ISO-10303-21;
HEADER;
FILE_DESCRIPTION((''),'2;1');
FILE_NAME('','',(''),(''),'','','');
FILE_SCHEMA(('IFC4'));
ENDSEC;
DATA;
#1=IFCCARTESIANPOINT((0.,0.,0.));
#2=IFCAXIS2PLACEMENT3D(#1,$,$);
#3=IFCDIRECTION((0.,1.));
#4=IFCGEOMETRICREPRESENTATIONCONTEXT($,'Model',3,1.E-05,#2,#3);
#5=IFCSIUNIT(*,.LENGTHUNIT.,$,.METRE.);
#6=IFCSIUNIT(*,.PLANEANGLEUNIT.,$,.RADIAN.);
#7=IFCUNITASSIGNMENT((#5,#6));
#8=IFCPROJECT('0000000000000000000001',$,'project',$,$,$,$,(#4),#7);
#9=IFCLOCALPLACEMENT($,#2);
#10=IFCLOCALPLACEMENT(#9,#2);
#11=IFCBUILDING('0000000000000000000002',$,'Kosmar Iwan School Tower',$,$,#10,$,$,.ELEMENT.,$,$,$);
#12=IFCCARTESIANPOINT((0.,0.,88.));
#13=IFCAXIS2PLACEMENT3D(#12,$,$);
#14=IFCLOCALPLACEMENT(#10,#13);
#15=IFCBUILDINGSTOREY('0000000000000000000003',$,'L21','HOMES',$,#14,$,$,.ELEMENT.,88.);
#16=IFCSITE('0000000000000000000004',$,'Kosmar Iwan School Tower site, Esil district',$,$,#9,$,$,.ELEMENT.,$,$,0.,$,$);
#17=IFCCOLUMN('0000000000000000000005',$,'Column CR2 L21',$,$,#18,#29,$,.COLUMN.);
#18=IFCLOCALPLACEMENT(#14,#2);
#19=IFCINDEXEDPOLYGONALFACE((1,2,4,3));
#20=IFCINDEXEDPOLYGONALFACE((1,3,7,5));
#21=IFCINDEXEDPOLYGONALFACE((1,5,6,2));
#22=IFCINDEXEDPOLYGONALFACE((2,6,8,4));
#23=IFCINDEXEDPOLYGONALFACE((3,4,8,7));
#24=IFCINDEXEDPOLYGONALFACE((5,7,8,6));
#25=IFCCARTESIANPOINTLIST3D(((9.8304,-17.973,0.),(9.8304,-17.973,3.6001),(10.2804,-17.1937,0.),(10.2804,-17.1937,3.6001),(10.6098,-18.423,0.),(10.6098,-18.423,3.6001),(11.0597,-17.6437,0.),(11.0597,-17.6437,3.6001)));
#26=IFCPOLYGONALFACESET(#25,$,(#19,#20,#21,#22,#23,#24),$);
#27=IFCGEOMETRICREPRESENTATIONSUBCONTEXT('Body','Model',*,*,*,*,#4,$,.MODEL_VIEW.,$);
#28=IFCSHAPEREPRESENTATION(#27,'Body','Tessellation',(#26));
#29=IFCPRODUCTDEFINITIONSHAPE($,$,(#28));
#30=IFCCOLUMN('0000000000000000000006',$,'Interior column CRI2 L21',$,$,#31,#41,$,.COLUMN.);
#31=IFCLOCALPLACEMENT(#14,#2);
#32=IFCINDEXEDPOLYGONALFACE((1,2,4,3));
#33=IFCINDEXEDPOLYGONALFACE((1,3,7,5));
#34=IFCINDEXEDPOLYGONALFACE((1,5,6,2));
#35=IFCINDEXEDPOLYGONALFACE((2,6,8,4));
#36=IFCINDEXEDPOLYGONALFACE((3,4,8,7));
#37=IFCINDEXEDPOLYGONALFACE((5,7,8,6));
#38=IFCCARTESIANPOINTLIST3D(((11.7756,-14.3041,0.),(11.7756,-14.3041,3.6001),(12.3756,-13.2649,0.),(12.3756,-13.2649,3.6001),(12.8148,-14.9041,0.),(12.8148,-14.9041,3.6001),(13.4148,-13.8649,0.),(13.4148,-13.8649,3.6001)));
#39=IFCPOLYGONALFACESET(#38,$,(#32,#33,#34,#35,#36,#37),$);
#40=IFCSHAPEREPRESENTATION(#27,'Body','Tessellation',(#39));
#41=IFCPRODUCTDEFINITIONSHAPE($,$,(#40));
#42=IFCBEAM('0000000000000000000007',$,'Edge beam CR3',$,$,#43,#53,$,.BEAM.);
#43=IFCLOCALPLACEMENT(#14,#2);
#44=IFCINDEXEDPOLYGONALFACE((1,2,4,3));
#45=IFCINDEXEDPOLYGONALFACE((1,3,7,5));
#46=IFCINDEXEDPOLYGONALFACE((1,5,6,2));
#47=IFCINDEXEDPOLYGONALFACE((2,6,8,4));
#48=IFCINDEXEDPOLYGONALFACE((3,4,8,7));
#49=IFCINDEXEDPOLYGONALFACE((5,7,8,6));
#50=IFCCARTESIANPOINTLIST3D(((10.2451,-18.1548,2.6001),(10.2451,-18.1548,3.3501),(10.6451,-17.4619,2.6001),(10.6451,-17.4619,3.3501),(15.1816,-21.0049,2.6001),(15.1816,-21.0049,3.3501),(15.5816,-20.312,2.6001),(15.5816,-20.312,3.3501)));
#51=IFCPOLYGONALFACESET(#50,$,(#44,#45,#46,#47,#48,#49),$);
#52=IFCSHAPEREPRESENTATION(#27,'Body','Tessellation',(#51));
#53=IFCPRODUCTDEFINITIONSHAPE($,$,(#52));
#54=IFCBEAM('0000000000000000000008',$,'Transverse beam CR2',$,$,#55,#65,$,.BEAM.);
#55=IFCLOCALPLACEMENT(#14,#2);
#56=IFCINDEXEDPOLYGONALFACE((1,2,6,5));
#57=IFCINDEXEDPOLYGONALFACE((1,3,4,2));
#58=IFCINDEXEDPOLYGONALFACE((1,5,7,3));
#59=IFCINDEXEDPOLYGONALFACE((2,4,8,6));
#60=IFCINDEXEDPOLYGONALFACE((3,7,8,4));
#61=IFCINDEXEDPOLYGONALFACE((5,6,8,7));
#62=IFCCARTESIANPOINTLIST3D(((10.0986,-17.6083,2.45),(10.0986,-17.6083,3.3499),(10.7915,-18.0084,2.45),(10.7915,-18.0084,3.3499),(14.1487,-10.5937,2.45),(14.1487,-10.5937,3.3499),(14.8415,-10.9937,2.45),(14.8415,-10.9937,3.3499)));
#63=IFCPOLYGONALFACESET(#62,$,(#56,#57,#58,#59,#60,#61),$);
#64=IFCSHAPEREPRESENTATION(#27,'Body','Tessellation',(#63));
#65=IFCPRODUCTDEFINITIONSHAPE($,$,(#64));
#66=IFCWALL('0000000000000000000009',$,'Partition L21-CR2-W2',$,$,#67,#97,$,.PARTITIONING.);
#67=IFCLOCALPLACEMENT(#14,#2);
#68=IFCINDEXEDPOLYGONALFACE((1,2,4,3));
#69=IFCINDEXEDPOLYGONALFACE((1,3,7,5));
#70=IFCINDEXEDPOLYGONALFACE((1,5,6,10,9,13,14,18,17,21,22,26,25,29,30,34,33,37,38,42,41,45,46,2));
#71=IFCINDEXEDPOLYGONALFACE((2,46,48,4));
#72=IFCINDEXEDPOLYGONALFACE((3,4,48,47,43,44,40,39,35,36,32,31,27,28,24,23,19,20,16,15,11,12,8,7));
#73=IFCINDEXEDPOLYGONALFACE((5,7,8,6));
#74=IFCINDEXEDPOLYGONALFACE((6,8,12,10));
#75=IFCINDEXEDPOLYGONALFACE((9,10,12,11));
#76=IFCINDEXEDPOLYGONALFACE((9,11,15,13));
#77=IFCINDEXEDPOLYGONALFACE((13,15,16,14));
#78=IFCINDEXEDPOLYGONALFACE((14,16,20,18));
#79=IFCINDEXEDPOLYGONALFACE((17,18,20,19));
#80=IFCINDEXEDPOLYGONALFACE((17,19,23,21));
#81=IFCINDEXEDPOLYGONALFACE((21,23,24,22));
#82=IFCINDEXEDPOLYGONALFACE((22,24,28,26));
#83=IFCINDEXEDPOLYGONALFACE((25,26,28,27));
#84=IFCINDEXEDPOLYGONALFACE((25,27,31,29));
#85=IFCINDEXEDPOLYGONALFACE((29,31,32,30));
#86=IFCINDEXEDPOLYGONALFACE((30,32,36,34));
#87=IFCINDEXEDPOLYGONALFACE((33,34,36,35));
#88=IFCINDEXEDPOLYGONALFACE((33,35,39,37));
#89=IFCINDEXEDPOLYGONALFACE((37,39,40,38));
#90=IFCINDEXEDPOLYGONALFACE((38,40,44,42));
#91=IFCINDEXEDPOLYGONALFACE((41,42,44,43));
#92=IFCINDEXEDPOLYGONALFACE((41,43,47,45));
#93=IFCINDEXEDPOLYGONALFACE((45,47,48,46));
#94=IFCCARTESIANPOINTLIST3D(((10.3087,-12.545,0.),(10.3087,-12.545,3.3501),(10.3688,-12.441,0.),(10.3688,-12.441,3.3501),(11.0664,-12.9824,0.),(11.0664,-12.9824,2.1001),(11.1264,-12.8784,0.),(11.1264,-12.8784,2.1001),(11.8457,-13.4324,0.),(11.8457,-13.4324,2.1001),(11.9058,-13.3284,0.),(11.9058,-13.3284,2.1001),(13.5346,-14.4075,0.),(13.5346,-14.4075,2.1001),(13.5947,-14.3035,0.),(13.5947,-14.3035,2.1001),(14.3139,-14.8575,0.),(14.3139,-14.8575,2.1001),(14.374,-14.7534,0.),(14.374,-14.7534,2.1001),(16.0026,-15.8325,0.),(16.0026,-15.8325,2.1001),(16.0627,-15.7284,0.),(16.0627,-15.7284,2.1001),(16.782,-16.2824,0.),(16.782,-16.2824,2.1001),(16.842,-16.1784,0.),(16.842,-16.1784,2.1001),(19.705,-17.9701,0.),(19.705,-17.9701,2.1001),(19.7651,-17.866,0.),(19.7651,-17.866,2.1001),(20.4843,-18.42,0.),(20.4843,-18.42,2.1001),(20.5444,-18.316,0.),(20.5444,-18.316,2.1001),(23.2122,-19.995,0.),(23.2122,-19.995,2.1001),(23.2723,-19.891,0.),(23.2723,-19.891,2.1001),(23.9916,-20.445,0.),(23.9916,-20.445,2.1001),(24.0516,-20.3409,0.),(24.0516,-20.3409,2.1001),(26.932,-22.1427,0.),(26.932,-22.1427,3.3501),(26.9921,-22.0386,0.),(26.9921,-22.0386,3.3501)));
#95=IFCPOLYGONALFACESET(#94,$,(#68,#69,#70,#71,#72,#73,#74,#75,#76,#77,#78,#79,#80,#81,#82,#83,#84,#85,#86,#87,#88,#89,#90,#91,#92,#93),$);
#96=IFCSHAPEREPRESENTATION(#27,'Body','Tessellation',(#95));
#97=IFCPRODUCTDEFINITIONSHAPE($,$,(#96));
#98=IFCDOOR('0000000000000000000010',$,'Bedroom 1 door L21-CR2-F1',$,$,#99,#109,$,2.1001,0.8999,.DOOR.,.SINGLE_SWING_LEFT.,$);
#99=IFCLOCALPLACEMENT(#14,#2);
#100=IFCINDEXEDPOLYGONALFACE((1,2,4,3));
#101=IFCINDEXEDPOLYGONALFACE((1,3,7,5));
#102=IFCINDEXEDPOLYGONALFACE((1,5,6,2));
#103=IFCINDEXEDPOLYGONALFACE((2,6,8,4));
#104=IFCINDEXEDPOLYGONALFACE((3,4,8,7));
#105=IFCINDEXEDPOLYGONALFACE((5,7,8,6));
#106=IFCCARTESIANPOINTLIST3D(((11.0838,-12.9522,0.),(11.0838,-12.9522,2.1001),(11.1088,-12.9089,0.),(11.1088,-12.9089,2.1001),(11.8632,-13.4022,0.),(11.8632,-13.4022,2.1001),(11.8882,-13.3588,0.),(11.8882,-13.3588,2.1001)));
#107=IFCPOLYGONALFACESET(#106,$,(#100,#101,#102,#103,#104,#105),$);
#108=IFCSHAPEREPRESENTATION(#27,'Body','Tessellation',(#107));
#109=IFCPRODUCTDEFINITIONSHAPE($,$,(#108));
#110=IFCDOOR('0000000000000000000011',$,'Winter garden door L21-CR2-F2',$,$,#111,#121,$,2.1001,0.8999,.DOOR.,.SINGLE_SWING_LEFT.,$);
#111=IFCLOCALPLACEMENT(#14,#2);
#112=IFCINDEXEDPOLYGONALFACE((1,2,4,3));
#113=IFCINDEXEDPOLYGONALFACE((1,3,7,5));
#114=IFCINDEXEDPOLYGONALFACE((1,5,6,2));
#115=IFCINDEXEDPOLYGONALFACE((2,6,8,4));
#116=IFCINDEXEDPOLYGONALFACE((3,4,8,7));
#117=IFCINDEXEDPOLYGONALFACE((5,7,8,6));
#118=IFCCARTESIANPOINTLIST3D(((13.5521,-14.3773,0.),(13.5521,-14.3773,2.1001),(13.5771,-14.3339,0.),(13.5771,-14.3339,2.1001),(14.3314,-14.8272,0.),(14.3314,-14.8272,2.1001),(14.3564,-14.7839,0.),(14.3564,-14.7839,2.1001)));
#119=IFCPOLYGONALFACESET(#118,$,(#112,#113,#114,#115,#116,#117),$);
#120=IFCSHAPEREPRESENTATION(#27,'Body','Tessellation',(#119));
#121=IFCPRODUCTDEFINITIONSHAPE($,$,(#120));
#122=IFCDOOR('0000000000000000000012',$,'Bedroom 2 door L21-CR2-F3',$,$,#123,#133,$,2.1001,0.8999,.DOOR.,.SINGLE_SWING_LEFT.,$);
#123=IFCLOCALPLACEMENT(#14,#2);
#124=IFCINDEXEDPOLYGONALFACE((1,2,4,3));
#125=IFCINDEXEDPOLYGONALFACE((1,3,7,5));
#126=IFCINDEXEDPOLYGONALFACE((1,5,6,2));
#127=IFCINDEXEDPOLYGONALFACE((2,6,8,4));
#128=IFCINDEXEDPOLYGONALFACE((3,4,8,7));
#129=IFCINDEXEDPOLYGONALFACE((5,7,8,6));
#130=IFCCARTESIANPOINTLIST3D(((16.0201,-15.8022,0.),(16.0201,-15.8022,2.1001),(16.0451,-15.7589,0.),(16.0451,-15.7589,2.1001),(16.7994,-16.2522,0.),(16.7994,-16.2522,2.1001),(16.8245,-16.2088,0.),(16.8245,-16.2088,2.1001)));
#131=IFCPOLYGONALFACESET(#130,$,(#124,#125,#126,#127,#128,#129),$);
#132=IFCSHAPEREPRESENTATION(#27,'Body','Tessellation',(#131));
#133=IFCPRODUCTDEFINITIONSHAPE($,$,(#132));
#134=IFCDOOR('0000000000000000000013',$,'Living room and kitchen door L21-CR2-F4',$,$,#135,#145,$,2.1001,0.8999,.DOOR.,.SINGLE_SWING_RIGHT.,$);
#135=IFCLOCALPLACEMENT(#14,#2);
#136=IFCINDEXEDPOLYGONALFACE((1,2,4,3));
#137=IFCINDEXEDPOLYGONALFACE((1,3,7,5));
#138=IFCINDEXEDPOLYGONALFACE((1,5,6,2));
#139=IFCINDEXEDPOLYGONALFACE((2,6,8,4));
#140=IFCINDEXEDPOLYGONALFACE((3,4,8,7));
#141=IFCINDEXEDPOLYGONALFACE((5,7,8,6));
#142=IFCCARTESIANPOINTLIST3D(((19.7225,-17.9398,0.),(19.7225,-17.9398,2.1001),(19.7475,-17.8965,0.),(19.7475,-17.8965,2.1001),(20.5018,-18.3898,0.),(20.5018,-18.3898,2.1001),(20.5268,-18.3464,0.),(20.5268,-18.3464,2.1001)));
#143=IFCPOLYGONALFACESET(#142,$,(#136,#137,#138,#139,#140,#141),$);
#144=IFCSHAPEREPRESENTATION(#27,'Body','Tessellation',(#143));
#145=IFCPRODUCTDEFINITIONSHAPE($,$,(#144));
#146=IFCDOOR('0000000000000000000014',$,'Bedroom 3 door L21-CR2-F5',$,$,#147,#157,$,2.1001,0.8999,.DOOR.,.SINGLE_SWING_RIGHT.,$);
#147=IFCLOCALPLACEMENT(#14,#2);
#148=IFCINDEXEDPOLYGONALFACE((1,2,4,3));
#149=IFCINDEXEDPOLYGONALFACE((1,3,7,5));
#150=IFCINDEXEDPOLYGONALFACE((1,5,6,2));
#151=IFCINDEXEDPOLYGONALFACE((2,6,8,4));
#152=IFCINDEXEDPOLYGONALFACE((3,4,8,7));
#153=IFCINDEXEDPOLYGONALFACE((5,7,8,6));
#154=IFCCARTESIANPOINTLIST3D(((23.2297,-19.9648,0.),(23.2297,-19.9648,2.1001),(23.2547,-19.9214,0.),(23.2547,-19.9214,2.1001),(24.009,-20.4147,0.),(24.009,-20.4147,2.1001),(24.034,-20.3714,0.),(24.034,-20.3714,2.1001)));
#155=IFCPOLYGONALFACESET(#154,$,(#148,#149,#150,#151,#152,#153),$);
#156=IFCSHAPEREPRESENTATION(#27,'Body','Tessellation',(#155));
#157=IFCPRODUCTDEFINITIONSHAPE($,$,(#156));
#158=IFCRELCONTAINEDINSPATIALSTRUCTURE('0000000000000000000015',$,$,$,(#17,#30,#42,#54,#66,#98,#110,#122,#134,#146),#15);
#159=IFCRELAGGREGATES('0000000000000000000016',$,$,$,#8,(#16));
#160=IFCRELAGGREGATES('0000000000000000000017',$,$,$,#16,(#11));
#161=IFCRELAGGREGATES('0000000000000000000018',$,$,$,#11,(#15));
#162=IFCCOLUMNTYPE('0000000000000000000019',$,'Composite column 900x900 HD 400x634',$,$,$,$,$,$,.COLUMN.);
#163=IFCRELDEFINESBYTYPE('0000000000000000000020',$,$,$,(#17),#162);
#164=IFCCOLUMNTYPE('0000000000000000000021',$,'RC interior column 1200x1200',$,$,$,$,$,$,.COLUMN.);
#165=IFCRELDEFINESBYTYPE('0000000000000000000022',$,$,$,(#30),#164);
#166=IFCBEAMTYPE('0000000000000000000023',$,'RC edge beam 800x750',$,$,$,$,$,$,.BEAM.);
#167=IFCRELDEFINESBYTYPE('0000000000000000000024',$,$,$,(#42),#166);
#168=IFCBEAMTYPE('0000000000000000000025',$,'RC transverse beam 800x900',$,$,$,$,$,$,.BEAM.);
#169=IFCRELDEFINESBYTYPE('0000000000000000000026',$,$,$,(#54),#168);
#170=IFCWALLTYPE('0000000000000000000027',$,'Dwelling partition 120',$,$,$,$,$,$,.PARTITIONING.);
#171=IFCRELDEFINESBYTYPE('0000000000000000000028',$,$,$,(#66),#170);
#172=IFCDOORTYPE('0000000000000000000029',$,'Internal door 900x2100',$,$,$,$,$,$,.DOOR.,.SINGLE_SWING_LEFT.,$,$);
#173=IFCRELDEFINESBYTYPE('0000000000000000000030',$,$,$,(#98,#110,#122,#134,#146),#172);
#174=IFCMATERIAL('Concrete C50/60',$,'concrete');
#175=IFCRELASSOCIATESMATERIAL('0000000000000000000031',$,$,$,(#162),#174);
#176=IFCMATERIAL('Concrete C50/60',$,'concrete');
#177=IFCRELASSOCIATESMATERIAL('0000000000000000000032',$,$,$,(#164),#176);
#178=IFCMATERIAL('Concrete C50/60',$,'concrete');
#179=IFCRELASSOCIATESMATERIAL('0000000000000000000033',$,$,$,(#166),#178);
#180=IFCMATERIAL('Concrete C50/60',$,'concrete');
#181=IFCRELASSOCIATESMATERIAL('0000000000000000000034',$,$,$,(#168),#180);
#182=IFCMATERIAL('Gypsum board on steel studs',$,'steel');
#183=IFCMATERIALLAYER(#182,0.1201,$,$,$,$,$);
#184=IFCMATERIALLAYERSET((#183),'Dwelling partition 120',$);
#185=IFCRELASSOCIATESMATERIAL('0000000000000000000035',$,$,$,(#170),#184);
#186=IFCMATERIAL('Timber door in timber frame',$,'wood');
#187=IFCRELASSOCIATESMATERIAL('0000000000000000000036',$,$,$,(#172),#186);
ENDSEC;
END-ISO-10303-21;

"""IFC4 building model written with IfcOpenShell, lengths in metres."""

from ifc_helpers import new_model, si_unit, direction, frame, frame_2d, origin, origin_2d, place, context, subcontext, project, spatial, rectangle, extrude, material, layer, layer_set, material_profile, profile_set, type_object, element, fill, save


model = new_model("IFC4")

# Units and contexts
model_context = context("Model", 3, precision=1e-05, world=origin(), true_north=direction((0.0, 1.0)))
body_context = subcontext(model_context, "Body", "Model", "MODEL_VIEW")
ifc_project = project(units=[si_unit("LENGTHUNIT", "METRE"), si_unit("PLANEANGLEUNIT", "RADIAN")], contexts=[model_context])

# Site, building, storey
site_placement = place(None, origin())
site = spatial("IfcSite", under=ifc_project, at=site_placement, Name="Kosmar Iwan School Tower site, Esil district", CompositionType="ELEMENT", RefElevation=0.0)
building_placement = place(site_placement, origin())
building = spatial("IfcBuilding", under=site, at=building_placement, Name="Kosmar Iwan School Tower", CompositionType="ELEMENT")
storey_placement = place(building_placement, frame((0.0, 0.0, 88.0)))
storey = spatial("IfcBuildingStorey", under=building, at=storey_placement, Name="L21", Description="HOMES", CompositionType="ELEMENT", Elevation=88.0)

# Columns
ifc_material_1 = material(Name="Concrete C50/60", Category="concrete")
ifc_material_profile_1 = material_profile(ifc_material_1, rectangle(XDim=0.8999, YDim=0.8999, at=origin_2d()), Name="RC 900x900 + HD 400x634")
ifc_profile_set_1 = profile_set([ifc_material_profile_1], Name="Concrete C50/60")
column_type_1 = type_object("IfcColumnType", Name="Composite column 900x900 HD 400x634", PredefinedType="COLUMN", material=ifc_profile_set_1)
column_1_placement = place(storey_placement, frame((10.4451, -17.8083, 0.0), z_axis=(0.0, 0.0, 1.0), x_axis=(0.866025, -0.5, 0.0)))
element("IfcColumn", 1, at=column_1_placement, inside=storey, type_object=column_type_1, Name="Column CR2 L21", PredefinedType="COLUMN", context=body_context, shape_type="SweptSolid", body=[
    extrude(rectangle(XDim=0.8999, YDim=0.8999, at=origin_2d()), origin(), (0.0, 0.0, 1.0), 3.6001),
])
ifc_material_2 = material(Name="Concrete C50/60", Category="concrete")
ifc_material_profile_2 = material_profile(ifc_material_2, rectangle(XDim=1.2, YDim=1.2, at=origin_2d()), Name="RC 1200x1200")
ifc_profile_set_2 = profile_set([ifc_material_profile_2], Name="Concrete C50/60")
column_type_2 = type_object("IfcColumnType", Name="RC interior column 1200x1200", PredefinedType="COLUMN", material=ifc_profile_set_2)
column_2_placement = place(storey_placement, frame((12.5952, -14.0845, 0.0), z_axis=(0.0, 0.0, 1.0), x_axis=(0.866025, -0.5, 0.0)))
element("IfcColumn", 2, at=column_2_placement, inside=storey, type_object=column_type_2, Name="Interior column CRI2 L21", PredefinedType="COLUMN", context=body_context, shape_type="SweptSolid", body=[
    extrude(rectangle(XDim=1.2, YDim=1.2, at=origin_2d()), origin(), (0.0, 0.0, 1.0), 3.6001),
])

# Beams
ifc_material_3 = material(Name="Concrete C50/60", Category="concrete")
ifc_material_profile_3 = material_profile(ifc_material_3, rectangle(XDim=0.8, YDim=0.75, at=origin_2d()), Name="RC 800x750")
ifc_profile_set_3 = profile_set([ifc_material_profile_3], Name="Concrete C50/60")
beam_type_1 = type_object("IfcBeamType", Name="RC edge beam 800x750", PredefinedType="BEAM", material=ifc_profile_set_3)
beam_1_placement = place(storey_placement, frame((10.4451, -17.8083, 2.9751), z_axis=(0.866026, -0.499999, 0.0), x_axis=(0.499999, 0.866026, 0.0)))
element("IfcBeam", 3, at=beam_1_placement, inside=storey, type_object=beam_type_1, Name="Edge beam CR3", PredefinedType="BEAM", context=body_context, shape_type="SweptSolid", body=[
    extrude(rectangle(XDim=0.8, YDim=0.75, at=origin_2d()), origin(), (0.0, 0.0, 1.0), 5.7002),
])
ifc_material_4 = material(Name="Concrete C50/60", Category="concrete")
ifc_material_profile_4 = material_profile(ifc_material_4, rectangle(XDim=0.8, YDim=0.8999, at=origin_2d()), Name="RC 800x900")
ifc_profile_set_4 = profile_set([ifc_material_profile_4], Name="Concrete C50/60")
beam_type_2 = type_object("IfcBeamType", Name="RC transverse beam 800x900", PredefinedType="BEAM", material=ifc_profile_set_4)
beam_2_placement = place(storey_placement, frame((10.4451, -17.8083, 2.8999), z_axis=(0.500013, 0.866018, 0.0), x_axis=(-0.866018, 0.500013, 0.0)))
element("IfcBeam", 4, at=beam_2_placement, inside=storey, type_object=beam_type_2, Name="Transverse beam CR2", PredefinedType="BEAM", context=body_context, shape_type="SweptSolid", body=[
    extrude(rectangle(XDim=0.8, YDim=0.8999, at=origin_2d()), origin(), (0.0, 0.0, 1.0), 8.0999),
])

# Wall, openings, doors
ifc_material_5 = material(Name="Gypsum board on steel studs", Category="steel")
ifc_layer = layer(ifc_material_5, 0.1201)
ifc_layer_set = layer_set([ifc_layer], Name="Dwelling partition 120")
wall_type = type_object("IfcWallType", Name="Dwelling partition 120", PredefinedType="PARTITIONING", material=ifc_layer_set)
wall_1_placement = place(storey_placement, frame((10.3386, -12.4929, 0.0), z_axis=(0.0, 0.0, 1.0), x_axis=(0.866021, -0.500008, 0.0)))
wall_1 = element("IfcWall", 5, at=wall_1_placement, inside=storey, type_object=wall_type, Name="Partition L21-CR2-W2", PredefinedType="PARTITIONING", context=body_context, shape_type="SweptSolid", body=[
    extrude(rectangle(XDim=19.1951, YDim=0.1201, at=frame_2d((9.5977, 0.0))), origin(), (0.0, 0.0, 1.0), 3.3501),
])
opening_1_placement = place(wall_1_placement, frame((0.875, 0.0, 0.0)))
opening_1 = element("IfcOpeningElement", 6, at=opening_1_placement, cuts=wall_1, PredefinedType="OPENING", context=body_context, shape_type="SweptSolid", body=[
    extrude(rectangle(XDim=0.8999, YDim=2.1001, at=frame_2d((0.45, 1.05))), frame((0.0, 0.072, 0.0), z_axis=(0.0, -1.0, 0.0), x_axis=(1.0, 0.0, 0.0)), (0.0, 0.0, 1.0), 0.144),
])
opening_2_placement = place(wall_1_placement, frame((3.7251, 0.0, 0.0)))
opening_2 = element("IfcOpeningElement", 7, at=opening_2_placement, cuts=wall_1, PredefinedType="OPENING", context=body_context, shape_type="SweptSolid", body=[
    extrude(rectangle(XDim=0.8999, YDim=2.1001, at=frame_2d((0.45, 1.05))), frame((0.0, 0.072, 0.0), z_axis=(0.0, -1.0, 0.0), x_axis=(1.0, 0.0, 0.0)), (0.0, 0.0, 1.0), 0.144),
])
opening_3_placement = place(wall_1_placement, frame((6.575, 0.0, 0.0)))
opening_3 = element("IfcOpeningElement", 8, at=opening_3_placement, cuts=wall_1, PredefinedType="OPENING", context=body_context, shape_type="SweptSolid", body=[
    extrude(rectangle(XDim=0.8999, YDim=2.1001, at=frame_2d((0.45, 1.05))), frame((0.0, 0.072, 0.0), z_axis=(0.0, -1.0, 0.0), x_axis=(1.0, 0.0, 0.0)), (0.0, 0.0, 1.0), 0.144),
])
opening_4_placement = place(wall_1_placement, frame((10.8501, 0.0, 0.0)))
opening_4 = element("IfcOpeningElement", 9, at=opening_4_placement, cuts=wall_1, PredefinedType="OPENING", context=body_context, shape_type="SweptSolid", body=[
    extrude(rectangle(XDim=0.8999, YDim=2.1001, at=frame_2d((0.45, 1.05))), frame((0.0, 0.072, 0.0), z_axis=(0.0, -1.0, 0.0), x_axis=(1.0, 0.0, 0.0)), (0.0, 0.0, 1.0), 0.144),
])
opening_5_placement = place(wall_1_placement, frame((14.8999, 0.0, 0.0)))
opening_5 = element("IfcOpeningElement", 10, at=opening_5_placement, cuts=wall_1, PredefinedType="OPENING", context=body_context, shape_type="SweptSolid", body=[
    extrude(rectangle(XDim=0.8999, YDim=2.1001, at=frame_2d((0.45, 1.05))), frame((0.0, 0.072, 0.0), z_axis=(0.0, -1.0, 0.0), x_axis=(1.0, 0.0, 0.0)), (0.0, 0.0, 1.0), 0.144),
])
ifc_material_6 = material(Name="Timber door in timber frame", Category="wood")
door_type = type_object("IfcDoorType", Name="Internal door 900x2100", OperationType="SINGLE_SWING_LEFT", PredefinedType="DOOR", material=ifc_material_6)
door_1_placement = place(opening_1_placement, origin())
door_1 = element("IfcDoor", 11, at=door_1_placement, inside=storey, type_object=door_type, Name="Bedroom 1 door L21-CR2-F1", OperationType="SINGLE_SWING_LEFT", OverallHeight=2.1001, OverallWidth=0.8999, PredefinedType="DOOR", context=body_context, shape_type="SweptSolid", body=[
    extrude(rectangle(XDim=0.8999, YDim=2.1001, at=frame_2d((0.45, 1.05))), frame((0.0, 0.0249, 0.0), z_axis=(0.0, -1.0, 0.0), x_axis=(1.0, 0.0, 0.0)), (0.0, 0.0, 1.0), 0.05),
])
fill(opening_1, door_1)
door_2_placement = place(opening_2_placement, origin())
door_2 = element("IfcDoor", 12, at=door_2_placement, inside=storey, type_object=door_type, Name="Winter garden door L21-CR2-F2", OperationType="SINGLE_SWING_LEFT", OverallHeight=2.1001, OverallWidth=0.8999, PredefinedType="DOOR", context=body_context, shape_type="SweptSolid", body=[
    extrude(rectangle(XDim=0.8999, YDim=2.1001, at=frame_2d((0.45, 1.05))), frame((0.0, 0.0249, 0.0), z_axis=(0.0, -1.0, 0.0), x_axis=(1.0, 0.0, 0.0)), (0.0, 0.0, 1.0), 0.05),
])
fill(opening_2, door_2)
door_3_placement = place(opening_3_placement, origin())
door_3 = element("IfcDoor", 13, at=door_3_placement, inside=storey, type_object=door_type, Name="Bedroom 2 door L21-CR2-F3", OperationType="SINGLE_SWING_LEFT", OverallHeight=2.1001, OverallWidth=0.8999, PredefinedType="DOOR", context=body_context, shape_type="SweptSolid", body=[
    extrude(rectangle(XDim=0.8999, YDim=2.1001, at=frame_2d((0.45, 1.05))), frame((0.0, 0.0249, 0.0), z_axis=(0.0, -1.0, 0.0), x_axis=(1.0, 0.0, 0.0)), (0.0, 0.0, 1.0), 0.05),
])
fill(opening_3, door_3)
door_4_placement = place(opening_4_placement, origin())
door_4 = element("IfcDoor", 14, at=door_4_placement, inside=storey, type_object=door_type, Name="Living room and kitchen door L21-CR2-F4", OperationType="SINGLE_SWING_RIGHT", OverallHeight=2.1001, OverallWidth=0.8999, PredefinedType="DOOR", context=body_context, shape_type="SweptSolid", body=[
    extrude(rectangle(XDim=0.8999, YDim=2.1001, at=frame_2d((0.45, 1.05))), frame((0.0, 0.0249, 0.0), z_axis=(0.0, -1.0, 0.0), x_axis=(1.0, 0.0, 0.0)), (0.0, 0.0, 1.0), 0.05),
])
fill(opening_4, door_4)
door_5_placement = place(opening_5_placement, origin())
door_5 = element("IfcDoor", 15, at=door_5_placement, inside=storey, type_object=door_type, Name="Bedroom 3 door L21-CR2-F5", OperationType="SINGLE_SWING_RIGHT", OverallHeight=2.1001, OverallWidth=0.8999, PredefinedType="DOOR", context=body_context, shape_type="SweptSolid", body=[
    extrude(rectangle(XDim=0.8999, YDim=2.1001, at=frame_2d((0.45, 1.05))), frame((0.0, 0.0249, 0.0), z_axis=(0.0, -1.0, 0.0), x_axis=(1.0, 0.0, 0.0)), (0.0, 0.0, 1.0), 0.05),
])
fill(opening_5, door_5)

save(model, "model.ifc")
